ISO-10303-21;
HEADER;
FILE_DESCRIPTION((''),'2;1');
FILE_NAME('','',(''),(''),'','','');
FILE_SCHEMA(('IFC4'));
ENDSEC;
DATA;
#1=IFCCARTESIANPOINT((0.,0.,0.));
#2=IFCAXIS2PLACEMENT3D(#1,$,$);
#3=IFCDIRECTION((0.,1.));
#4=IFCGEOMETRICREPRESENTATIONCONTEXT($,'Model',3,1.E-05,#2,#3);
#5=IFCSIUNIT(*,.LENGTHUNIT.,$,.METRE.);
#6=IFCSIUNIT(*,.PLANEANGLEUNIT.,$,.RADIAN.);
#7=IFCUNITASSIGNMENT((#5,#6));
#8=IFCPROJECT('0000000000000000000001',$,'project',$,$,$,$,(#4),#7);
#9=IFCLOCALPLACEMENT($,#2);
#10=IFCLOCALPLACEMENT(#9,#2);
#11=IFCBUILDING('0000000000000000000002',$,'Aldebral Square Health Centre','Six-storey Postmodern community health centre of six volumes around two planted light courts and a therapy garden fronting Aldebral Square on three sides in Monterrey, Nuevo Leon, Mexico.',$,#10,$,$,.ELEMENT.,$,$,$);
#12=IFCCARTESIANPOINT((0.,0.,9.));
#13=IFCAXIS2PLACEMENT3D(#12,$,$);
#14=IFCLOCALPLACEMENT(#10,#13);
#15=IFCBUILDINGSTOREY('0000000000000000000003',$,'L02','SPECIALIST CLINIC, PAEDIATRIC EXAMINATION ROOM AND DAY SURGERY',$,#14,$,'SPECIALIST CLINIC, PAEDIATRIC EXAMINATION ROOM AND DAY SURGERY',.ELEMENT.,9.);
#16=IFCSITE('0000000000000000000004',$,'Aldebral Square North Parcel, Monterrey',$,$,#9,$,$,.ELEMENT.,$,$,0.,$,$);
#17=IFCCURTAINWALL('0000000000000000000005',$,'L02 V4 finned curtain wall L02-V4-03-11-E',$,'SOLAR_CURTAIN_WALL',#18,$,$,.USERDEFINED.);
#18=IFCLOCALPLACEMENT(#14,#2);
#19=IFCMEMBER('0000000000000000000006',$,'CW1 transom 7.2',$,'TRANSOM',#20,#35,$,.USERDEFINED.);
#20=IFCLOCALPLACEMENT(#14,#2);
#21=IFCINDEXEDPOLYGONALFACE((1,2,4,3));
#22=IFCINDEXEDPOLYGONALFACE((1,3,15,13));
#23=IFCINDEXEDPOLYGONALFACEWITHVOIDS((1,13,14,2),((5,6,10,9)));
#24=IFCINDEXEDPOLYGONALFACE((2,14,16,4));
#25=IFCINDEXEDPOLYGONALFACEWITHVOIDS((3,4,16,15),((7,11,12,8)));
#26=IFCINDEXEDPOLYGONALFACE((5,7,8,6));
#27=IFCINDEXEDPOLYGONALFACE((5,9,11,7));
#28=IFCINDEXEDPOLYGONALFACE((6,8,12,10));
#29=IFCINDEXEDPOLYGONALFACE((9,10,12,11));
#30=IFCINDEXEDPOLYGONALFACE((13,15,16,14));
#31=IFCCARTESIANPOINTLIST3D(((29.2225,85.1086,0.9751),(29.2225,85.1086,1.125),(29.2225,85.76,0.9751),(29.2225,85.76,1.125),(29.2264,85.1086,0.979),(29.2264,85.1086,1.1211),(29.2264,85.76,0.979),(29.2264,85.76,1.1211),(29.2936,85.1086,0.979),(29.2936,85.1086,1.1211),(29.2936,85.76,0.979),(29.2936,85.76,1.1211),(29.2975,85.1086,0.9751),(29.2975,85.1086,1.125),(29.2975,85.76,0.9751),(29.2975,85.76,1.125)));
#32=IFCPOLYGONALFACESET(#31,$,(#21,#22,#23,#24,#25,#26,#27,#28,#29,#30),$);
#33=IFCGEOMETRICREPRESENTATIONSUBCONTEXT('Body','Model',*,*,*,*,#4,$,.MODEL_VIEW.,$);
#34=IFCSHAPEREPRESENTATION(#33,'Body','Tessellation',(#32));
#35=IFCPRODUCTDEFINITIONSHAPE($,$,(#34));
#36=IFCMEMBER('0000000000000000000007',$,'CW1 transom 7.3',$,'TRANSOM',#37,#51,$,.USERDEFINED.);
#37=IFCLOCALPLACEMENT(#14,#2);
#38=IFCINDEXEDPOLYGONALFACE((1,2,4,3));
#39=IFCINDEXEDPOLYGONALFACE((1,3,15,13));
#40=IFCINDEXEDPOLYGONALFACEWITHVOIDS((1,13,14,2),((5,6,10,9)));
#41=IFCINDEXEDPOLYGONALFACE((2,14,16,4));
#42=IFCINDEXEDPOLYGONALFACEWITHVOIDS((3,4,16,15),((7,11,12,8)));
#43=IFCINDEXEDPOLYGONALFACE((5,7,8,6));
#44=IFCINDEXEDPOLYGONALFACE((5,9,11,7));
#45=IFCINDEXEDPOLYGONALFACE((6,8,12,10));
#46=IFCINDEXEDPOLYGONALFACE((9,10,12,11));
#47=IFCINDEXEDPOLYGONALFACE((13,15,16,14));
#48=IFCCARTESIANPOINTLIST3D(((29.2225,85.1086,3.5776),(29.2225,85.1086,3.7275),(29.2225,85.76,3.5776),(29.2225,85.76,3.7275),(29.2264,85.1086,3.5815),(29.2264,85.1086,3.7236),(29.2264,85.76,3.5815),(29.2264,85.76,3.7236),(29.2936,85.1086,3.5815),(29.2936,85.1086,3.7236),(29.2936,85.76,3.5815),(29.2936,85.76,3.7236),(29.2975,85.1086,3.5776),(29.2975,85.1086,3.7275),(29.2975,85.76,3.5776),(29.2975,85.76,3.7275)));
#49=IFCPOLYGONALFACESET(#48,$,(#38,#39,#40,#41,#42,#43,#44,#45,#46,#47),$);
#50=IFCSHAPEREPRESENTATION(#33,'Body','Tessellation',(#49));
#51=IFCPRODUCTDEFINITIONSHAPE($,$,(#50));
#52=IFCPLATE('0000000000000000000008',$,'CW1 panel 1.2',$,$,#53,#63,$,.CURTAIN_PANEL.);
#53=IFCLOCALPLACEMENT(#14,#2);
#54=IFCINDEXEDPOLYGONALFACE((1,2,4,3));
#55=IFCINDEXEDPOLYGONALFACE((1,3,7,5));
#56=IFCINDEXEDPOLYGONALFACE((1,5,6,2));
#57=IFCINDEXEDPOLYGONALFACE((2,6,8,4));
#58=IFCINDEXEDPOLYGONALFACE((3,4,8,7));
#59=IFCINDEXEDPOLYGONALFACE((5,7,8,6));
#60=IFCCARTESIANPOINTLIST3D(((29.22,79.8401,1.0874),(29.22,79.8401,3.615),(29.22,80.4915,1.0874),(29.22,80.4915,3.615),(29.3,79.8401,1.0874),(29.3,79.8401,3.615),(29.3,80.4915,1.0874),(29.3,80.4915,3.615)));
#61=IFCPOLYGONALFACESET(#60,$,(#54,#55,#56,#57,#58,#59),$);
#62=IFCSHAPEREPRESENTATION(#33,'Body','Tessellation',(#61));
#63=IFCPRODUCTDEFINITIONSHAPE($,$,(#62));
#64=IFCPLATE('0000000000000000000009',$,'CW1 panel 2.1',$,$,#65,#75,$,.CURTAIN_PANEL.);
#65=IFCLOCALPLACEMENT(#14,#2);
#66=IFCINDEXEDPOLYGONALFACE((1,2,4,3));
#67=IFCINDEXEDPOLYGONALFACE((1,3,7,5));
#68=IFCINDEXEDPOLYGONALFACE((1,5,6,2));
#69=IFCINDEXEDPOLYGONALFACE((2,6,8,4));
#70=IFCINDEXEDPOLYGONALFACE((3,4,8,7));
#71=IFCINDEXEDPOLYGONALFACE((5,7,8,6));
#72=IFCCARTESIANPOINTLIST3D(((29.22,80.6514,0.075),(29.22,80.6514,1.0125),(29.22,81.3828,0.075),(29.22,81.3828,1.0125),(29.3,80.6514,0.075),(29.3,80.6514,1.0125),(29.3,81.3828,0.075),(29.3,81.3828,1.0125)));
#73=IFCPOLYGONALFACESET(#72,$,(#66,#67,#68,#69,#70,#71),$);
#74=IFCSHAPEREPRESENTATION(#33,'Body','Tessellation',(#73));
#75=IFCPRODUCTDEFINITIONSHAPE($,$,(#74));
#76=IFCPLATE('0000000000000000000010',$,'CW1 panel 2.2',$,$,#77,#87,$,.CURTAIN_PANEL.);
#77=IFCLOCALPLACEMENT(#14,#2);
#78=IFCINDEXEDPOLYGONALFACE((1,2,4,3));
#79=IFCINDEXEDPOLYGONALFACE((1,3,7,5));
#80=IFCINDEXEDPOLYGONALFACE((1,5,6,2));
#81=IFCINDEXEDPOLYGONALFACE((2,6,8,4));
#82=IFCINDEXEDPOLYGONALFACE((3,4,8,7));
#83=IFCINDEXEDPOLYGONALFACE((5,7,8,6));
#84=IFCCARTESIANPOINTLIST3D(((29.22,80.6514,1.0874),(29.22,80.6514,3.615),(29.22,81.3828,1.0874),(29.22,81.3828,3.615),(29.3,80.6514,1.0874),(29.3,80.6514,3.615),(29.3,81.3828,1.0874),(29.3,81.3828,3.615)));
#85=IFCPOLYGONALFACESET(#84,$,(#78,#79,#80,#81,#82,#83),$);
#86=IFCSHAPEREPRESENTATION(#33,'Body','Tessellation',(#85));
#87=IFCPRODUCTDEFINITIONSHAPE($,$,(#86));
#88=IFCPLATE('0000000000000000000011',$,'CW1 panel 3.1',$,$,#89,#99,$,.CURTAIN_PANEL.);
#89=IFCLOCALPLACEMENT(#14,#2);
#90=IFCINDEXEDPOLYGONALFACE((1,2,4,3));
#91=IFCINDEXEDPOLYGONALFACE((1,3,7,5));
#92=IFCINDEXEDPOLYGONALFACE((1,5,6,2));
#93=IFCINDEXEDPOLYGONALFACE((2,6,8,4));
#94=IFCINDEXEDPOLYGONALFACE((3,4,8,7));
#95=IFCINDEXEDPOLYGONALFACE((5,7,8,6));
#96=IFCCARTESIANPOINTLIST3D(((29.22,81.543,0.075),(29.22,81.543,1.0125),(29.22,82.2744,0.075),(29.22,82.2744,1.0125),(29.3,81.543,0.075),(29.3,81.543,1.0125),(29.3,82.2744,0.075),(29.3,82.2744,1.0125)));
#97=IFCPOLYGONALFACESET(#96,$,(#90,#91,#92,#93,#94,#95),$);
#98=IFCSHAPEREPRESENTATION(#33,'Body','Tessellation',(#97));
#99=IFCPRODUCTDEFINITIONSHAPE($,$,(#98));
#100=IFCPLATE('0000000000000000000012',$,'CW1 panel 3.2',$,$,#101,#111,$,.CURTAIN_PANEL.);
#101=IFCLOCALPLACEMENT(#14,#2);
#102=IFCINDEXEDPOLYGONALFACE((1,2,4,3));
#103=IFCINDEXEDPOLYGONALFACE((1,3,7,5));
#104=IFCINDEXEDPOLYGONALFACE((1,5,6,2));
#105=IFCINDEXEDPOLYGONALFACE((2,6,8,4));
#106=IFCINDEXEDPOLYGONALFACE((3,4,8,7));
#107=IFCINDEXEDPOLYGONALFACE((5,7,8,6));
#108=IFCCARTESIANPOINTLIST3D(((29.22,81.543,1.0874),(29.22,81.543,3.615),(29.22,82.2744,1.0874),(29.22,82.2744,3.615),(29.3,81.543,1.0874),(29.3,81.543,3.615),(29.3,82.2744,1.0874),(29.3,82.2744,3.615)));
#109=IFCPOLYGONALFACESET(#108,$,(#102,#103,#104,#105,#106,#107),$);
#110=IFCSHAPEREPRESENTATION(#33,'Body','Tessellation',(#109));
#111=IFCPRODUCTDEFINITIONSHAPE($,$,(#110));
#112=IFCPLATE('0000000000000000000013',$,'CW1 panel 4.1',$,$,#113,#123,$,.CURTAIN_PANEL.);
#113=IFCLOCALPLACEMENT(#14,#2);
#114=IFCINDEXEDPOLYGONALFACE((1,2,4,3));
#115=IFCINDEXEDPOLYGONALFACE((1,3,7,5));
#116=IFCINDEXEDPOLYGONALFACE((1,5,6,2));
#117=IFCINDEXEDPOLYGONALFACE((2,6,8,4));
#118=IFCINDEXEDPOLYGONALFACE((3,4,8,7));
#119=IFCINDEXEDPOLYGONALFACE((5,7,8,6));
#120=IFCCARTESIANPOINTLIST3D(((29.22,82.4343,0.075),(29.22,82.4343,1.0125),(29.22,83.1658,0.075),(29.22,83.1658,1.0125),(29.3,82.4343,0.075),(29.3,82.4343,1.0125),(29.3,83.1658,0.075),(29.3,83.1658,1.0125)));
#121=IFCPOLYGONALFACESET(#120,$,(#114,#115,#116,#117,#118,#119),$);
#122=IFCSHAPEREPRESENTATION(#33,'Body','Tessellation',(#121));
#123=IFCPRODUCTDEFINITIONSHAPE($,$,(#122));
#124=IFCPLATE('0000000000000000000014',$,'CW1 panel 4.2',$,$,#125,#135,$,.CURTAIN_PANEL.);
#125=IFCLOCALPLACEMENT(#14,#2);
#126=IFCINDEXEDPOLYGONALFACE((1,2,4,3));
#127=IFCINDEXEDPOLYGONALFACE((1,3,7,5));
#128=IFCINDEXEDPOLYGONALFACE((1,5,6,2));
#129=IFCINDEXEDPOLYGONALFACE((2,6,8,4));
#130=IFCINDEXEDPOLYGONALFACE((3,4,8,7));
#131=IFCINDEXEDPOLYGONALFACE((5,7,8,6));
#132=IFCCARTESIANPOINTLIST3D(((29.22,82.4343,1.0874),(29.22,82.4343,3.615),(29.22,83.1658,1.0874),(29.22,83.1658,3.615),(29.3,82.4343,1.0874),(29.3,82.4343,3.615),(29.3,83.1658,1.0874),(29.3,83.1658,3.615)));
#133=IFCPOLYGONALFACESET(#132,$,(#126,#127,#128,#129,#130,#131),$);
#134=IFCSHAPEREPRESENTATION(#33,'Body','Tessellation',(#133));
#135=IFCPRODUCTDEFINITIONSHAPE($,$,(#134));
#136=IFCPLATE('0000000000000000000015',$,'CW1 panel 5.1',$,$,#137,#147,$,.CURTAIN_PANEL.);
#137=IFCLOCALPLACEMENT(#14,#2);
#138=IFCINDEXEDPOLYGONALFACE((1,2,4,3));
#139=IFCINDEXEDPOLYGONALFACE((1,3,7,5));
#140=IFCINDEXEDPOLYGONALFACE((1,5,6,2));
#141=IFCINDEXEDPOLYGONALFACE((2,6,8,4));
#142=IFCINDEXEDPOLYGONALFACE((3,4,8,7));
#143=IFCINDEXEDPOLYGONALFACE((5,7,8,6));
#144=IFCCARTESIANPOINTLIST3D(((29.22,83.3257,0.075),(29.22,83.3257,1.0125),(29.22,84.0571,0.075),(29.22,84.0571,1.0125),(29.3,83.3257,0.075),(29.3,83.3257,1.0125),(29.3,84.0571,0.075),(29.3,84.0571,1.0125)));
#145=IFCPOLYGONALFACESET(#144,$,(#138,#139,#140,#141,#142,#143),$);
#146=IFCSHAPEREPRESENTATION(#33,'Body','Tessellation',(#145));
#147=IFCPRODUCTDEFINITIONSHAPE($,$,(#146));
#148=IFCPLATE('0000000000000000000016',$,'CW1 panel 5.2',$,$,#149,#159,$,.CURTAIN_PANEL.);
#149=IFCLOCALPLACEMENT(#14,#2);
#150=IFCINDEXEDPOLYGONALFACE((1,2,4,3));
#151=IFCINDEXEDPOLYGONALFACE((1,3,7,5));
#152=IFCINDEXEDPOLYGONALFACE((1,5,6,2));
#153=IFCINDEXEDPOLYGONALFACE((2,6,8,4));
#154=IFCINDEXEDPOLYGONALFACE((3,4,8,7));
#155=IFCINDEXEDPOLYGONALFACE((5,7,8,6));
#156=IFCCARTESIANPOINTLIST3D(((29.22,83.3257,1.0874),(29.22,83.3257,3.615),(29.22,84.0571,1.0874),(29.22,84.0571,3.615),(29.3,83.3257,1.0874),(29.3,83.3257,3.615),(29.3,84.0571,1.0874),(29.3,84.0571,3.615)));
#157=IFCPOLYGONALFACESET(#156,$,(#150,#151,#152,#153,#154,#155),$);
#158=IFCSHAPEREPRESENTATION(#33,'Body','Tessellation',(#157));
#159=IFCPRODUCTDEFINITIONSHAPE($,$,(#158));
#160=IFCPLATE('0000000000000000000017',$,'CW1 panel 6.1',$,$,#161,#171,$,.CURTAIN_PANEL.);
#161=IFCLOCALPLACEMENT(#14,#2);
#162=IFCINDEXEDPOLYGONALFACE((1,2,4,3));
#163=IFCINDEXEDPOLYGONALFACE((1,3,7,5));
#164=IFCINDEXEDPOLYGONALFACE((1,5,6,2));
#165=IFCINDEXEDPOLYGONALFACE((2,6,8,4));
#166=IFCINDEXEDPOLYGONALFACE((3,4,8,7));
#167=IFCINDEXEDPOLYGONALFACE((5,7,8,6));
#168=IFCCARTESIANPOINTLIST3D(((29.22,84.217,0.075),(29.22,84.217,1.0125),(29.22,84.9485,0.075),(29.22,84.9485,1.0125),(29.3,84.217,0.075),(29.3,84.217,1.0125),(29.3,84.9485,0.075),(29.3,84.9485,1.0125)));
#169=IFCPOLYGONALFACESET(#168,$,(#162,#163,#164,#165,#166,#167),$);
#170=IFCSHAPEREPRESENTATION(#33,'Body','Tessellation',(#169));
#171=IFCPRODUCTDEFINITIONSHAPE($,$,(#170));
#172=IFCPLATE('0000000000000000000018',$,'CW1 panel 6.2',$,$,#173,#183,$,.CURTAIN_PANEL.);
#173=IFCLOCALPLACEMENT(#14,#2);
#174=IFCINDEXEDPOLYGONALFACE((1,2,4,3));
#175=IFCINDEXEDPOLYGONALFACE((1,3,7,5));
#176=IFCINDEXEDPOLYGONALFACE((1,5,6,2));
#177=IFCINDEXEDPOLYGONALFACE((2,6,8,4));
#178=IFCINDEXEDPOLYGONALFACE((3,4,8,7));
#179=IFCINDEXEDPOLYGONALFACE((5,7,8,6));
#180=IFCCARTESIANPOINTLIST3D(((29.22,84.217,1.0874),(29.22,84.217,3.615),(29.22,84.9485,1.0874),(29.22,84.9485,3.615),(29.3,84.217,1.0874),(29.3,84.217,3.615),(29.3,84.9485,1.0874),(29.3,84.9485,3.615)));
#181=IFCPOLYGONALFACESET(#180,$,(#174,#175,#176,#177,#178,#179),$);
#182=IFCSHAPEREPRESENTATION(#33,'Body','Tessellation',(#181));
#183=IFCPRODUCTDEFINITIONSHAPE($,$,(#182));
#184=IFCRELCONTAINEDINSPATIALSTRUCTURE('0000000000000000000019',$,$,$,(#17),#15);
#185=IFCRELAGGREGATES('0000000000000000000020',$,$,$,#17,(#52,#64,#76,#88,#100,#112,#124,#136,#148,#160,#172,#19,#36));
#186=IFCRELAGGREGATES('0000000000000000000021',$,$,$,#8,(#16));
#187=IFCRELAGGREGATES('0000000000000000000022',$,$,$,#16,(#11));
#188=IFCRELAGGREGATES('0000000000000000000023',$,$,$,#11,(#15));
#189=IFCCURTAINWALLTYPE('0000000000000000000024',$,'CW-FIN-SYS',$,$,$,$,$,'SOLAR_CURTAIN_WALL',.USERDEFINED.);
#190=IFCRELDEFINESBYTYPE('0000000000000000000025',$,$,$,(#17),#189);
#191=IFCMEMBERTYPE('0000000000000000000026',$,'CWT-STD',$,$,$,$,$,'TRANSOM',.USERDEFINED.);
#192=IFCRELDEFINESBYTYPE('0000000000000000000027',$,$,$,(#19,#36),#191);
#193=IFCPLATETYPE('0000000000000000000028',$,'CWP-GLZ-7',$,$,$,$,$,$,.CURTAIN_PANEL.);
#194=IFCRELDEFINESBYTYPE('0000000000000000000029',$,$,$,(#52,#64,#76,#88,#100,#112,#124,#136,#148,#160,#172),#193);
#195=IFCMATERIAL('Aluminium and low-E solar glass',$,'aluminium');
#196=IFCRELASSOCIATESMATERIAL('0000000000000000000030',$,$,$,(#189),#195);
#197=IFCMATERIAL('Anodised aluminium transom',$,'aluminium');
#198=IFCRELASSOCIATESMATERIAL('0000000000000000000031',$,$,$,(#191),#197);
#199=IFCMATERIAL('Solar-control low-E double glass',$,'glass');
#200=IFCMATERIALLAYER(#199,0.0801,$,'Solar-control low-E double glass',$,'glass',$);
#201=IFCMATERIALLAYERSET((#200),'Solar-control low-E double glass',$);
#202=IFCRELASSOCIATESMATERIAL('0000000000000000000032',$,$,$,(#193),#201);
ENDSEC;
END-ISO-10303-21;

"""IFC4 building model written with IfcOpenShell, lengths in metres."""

from ifc_helpers import new_model, si_unit, direction, frame, origin, origin_2d, place, context, subcontext, project, spatial, rectangle, hollow_rectangle, extrude, material, layer, layer_set, material_profile, profile_set, type_object, element, aggregate, save


model = new_model("IFC4")

# Units and contexts
model_context = context("Model", 3, precision=1e-05, world=origin(), true_north=direction((0.0, 1.0)))
body_context = subcontext(model_context, "Body", "Model", "MODEL_VIEW")
ifc_project = project(units=[si_unit("LENGTHUNIT", "METRE"), si_unit("PLANEANGLEUNIT", "RADIAN")], contexts=[model_context])

# Site, building, storey
site_placement = place(None, origin())
site = spatial("IfcSite", under=ifc_project, at=site_placement, Name="Aldebral Square North Parcel, Monterrey", CompositionType="ELEMENT", RefElevation=0.0)
building_placement = place(site_placement, origin())
building = spatial("IfcBuilding", under=site, at=building_placement, Name="Aldebral Square Health Centre", Description="Six-storey Postmodern community health centre of six volumes around two planted light courts and a therapy garden fronting Aldebral Square on three sides in Monterrey, Nuevo Leon, Mexico.", CompositionType="ELEMENT")
storey_placement = place(building_placement, frame((0.0, 0.0, 9.0)))
storey = spatial("IfcBuildingStorey", under=building, at=storey_placement, Name="L02", Description="SPECIALIST CLINIC, PAEDIATRIC EXAMINATION ROOM AND DAY SURGERY", LongName="SPECIALIST CLINIC, PAEDIATRIC EXAMINATION ROOM AND DAY SURGERY", CompositionType="ELEMENT", Elevation=9.0)

# Curtain wall, members, plates
ifc_material_1 = material(Name="Aluminium and low-E solar glass", Category="aluminium")
curtain_wall_type = type_object("IfcCurtainWallType", Name="CW-FIN-SYS", ElementType="SOLAR_CURTAIN_WALL", PredefinedType="USERDEFINED", material=ifc_material_1)
curtain_wall_placement = place(storey_placement, origin())
curtain_wall = element("IfcCurtainWall", 1, at=curtain_wall_placement, inside=storey, type_object=curtain_wall_type, Name="L02 V4 finned curtain wall L02-V4-03-11-E", ObjectType="SOLAR_CURTAIN_WALL", PredefinedType="USERDEFINED")
ifc_material_2 = material(Name="Anodised aluminium transom", Category="aluminium")
ifc_material_profile_1 = material_profile(ifc_material_2, hollow_rectangle(XDim=0.075, YDim=0.1499, WallThickness=0.0039, at=origin_2d()), Name="CWT 75x150x4")
ifc_profile_set_1 = profile_set([ifc_material_profile_1], Name="Anodised aluminium transom")
member_type_1 = type_object("IfcMemberType", Name="CWT-STD", ElementType="TRANSOM", PredefinedType="USERDEFINED", material=ifc_profile_set_1)
member_1_placement = place(storey_placement, frame((29.26, 85.1086, 1.05), z_axis=(0.0, 1.0, 0.0), x_axis=(-1.0, 0.0, 0.0)))
member_1 = element("IfcMember", 2, at=member_1_placement, type_object=member_type_1, Name="CW1 transom 7.2", ObjectType="TRANSOM", PredefinedType="USERDEFINED", context=body_context, shape_type="SweptSolid", body=[
    extrude(hollow_rectangle(XDim=0.075, YDim=0.1499, WallThickness=0.0039, at=origin_2d()), origin(), (0.0, 0.0, 1.0), 0.6514),
])
member_2_placement = place(storey_placement, frame((29.26, 85.1086, 3.6526), z_axis=(0.0, 1.0, 0.0), x_axis=(-1.0, 0.0, 0.0)))
member_2 = element("IfcMember", 3, at=member_2_placement, type_object=member_type_1, Name="CW1 transom 7.3", ObjectType="TRANSOM", PredefinedType="USERDEFINED", context=body_context, shape_type="SweptSolid", body=[
    extrude(hollow_rectangle(XDim=0.075, YDim=0.1499, WallThickness=0.0039, at=origin_2d()), origin(), (0.0, 0.0, 1.0), 0.6514),
])
ifc_material_3 = material(Name="Solar-control low-E double glass", Category="glass")
ifc_layer = layer(ifc_material_3, 0.0801, Name="Solar-control low-E double glass", Category="glass")
ifc_layer_set = layer_set([ifc_layer], Name="Solar-control low-E double glass")
plate_type = type_object("IfcPlateType", Name="CWP-GLZ-7", PredefinedType="CURTAIN_PANEL", material=ifc_layer_set)
plate_1_placement = place(storey_placement, frame((29.26, 80.1658, 1.0874), z_axis=(0.0, 0.0, 1.0), x_axis=(0.0, 1.0, 0.0)))
plate_1 = element("IfcPlate", 4, at=plate_1_placement, type_object=plate_type, Name="CW1 panel 1.2", PredefinedType="CURTAIN_PANEL", context=body_context, shape_type="SweptSolid", body=[
    extrude(rectangle(XDim=0.6514, YDim=0.0801, at=origin_2d()), origin(), (0.0, 0.0, 1.0), 2.5276),
])
plate_2_placement = place(storey_placement, frame((29.26, 81.0171, 0.075), z_axis=(0.0, 0.0, 1.0), x_axis=(0.0, 1.0, 0.0)))
plate_2 = element("IfcPlate", 5, at=plate_2_placement, type_object=plate_type, Name="CW1 panel 2.1", PredefinedType="CURTAIN_PANEL", context=body_context, shape_type="SweptSolid", body=[
    extrude(rectangle(XDim=0.7314, YDim=0.0801, at=origin_2d()), origin(), (0.0, 0.0, 1.0), 0.9375),
])
plate_3_placement = place(storey_placement, frame((29.26, 81.0171, 1.0874), z_axis=(0.0, 0.0, 1.0), x_axis=(0.0, 1.0, 0.0)))
plate_3 = element("IfcPlate", 6, at=plate_3_placement, type_object=plate_type, Name="CW1 panel 2.2", PredefinedType="CURTAIN_PANEL", context=body_context, shape_type="SweptSolid", body=[
    extrude(rectangle(XDim=0.7314, YDim=0.0801, at=origin_2d()), origin(), (0.0, 0.0, 1.0), 2.5276),
])
plate_4_placement = place(storey_placement, frame((29.26, 81.9087, 0.075), z_axis=(0.0, 0.0, 1.0), x_axis=(0.0, 1.0, 0.0)))
plate_4 = element("IfcPlate", 7, at=plate_4_placement, type_object=plate_type, Name="CW1 panel 3.1", PredefinedType="CURTAIN_PANEL", context=body_context, shape_type="SweptSolid", body=[
    extrude(rectangle(XDim=0.7314, YDim=0.0801, at=origin_2d()), origin(), (0.0, 0.0, 1.0), 0.9375),
])
plate_5_placement = place(storey_placement, frame((29.26, 81.9087, 1.0874), z_axis=(0.0, 0.0, 1.0), x_axis=(0.0, 1.0, 0.0)))
plate_5 = element("IfcPlate", 8, at=plate_5_placement, type_object=plate_type, Name="CW1 panel 3.2", PredefinedType="CURTAIN_PANEL", context=body_context, shape_type="SweptSolid", body=[
    extrude(rectangle(XDim=0.7314, YDim=0.0801, at=origin_2d()), origin(), (0.0, 0.0, 1.0), 2.5276),
])
plate_6_placement = place(storey_placement, frame((29.26, 82.8, 0.075), z_axis=(0.0, 0.0, 1.0), x_axis=(0.0, 1.0, 0.0)))
plate_6 = element("IfcPlate", 9, at=plate_6_placement, type_object=plate_type, Name="CW1 panel 4.1", PredefinedType="CURTAIN_PANEL", context=body_context, shape_type="SweptSolid", body=[
    extrude(rectangle(XDim=0.7314, YDim=0.0801, at=origin_2d()), origin(), (0.0, 0.0, 1.0), 0.9375),
])
plate_7_placement = place(storey_placement, frame((29.26, 82.8, 1.0874), z_axis=(0.0, 0.0, 1.0), x_axis=(0.0, 1.0, 0.0)))
plate_7 = element("IfcPlate", 10, at=plate_7_placement, type_object=plate_type, Name="CW1 panel 4.2", PredefinedType="CURTAIN_PANEL", context=body_context, shape_type="SweptSolid", body=[
    extrude(rectangle(XDim=0.7314, YDim=0.0801, at=origin_2d()), origin(), (0.0, 0.0, 1.0), 2.5276),
])
plate_8_placement = place(storey_placement, frame((29.26, 83.6914, 0.075), z_axis=(0.0, 0.0, 1.0), x_axis=(0.0, 1.0, 0.0)))
plate_8 = element("IfcPlate", 11, at=plate_8_placement, type_object=plate_type, Name="CW1 panel 5.1", PredefinedType="CURTAIN_PANEL", context=body_context, shape_type="SweptSolid", body=[
    extrude(rectangle(XDim=0.7314, YDim=0.0801, at=origin_2d()), origin(), (0.0, 0.0, 1.0), 0.9375),
])
plate_9_placement = place(storey_placement, frame((29.26, 83.6914, 1.0874), z_axis=(0.0, 0.0, 1.0), x_axis=(0.0, 1.0, 0.0)))
plate_9 = element("IfcPlate", 12, at=plate_9_placement, type_object=plate_type, Name="CW1 panel 5.2", PredefinedType="CURTAIN_PANEL", context=body_context, shape_type="SweptSolid", body=[
    extrude(rectangle(XDim=0.7314, YDim=0.0801, at=origin_2d()), origin(), (0.0, 0.0, 1.0), 2.5276),
])
plate_10_placement = place(storey_placement, frame((29.26, 84.5828, 0.075), z_axis=(0.0, 0.0, 1.0), x_axis=(0.0, 1.0, 0.0)))
plate_10 = element("IfcPlate", 13, at=plate_10_placement, type_object=plate_type, Name="CW1 panel 6.1", PredefinedType="CURTAIN_PANEL", context=body_context, shape_type="SweptSolid", body=[
    extrude(rectangle(XDim=0.7314, YDim=0.0801, at=origin_2d()), origin(), (0.0, 0.0, 1.0), 0.9375),
])
plate_11_placement = place(storey_placement, frame((29.26, 84.5828, 1.0874), z_axis=(0.0, 0.0, 1.0), x_axis=(0.0, 1.0, 0.0)))
plate_11 = element("IfcPlate", 14, at=plate_11_placement, type_object=plate_type, Name="CW1 panel 6.2", PredefinedType="CURTAIN_PANEL", context=body_context, shape_type="SweptSolid", body=[
    extrude(rectangle(XDim=0.7314, YDim=0.0801, at=origin_2d()), origin(), (0.0, 0.0, 1.0), 2.5276),
])
aggregate(curtain_wall, [plate_1, plate_2, plate_3, plate_4, plate_5, plate_6, plate_7, plate_8, plate_9, plate_10, plate_11, member_1, member_2])

save(model, "model.ifc")
